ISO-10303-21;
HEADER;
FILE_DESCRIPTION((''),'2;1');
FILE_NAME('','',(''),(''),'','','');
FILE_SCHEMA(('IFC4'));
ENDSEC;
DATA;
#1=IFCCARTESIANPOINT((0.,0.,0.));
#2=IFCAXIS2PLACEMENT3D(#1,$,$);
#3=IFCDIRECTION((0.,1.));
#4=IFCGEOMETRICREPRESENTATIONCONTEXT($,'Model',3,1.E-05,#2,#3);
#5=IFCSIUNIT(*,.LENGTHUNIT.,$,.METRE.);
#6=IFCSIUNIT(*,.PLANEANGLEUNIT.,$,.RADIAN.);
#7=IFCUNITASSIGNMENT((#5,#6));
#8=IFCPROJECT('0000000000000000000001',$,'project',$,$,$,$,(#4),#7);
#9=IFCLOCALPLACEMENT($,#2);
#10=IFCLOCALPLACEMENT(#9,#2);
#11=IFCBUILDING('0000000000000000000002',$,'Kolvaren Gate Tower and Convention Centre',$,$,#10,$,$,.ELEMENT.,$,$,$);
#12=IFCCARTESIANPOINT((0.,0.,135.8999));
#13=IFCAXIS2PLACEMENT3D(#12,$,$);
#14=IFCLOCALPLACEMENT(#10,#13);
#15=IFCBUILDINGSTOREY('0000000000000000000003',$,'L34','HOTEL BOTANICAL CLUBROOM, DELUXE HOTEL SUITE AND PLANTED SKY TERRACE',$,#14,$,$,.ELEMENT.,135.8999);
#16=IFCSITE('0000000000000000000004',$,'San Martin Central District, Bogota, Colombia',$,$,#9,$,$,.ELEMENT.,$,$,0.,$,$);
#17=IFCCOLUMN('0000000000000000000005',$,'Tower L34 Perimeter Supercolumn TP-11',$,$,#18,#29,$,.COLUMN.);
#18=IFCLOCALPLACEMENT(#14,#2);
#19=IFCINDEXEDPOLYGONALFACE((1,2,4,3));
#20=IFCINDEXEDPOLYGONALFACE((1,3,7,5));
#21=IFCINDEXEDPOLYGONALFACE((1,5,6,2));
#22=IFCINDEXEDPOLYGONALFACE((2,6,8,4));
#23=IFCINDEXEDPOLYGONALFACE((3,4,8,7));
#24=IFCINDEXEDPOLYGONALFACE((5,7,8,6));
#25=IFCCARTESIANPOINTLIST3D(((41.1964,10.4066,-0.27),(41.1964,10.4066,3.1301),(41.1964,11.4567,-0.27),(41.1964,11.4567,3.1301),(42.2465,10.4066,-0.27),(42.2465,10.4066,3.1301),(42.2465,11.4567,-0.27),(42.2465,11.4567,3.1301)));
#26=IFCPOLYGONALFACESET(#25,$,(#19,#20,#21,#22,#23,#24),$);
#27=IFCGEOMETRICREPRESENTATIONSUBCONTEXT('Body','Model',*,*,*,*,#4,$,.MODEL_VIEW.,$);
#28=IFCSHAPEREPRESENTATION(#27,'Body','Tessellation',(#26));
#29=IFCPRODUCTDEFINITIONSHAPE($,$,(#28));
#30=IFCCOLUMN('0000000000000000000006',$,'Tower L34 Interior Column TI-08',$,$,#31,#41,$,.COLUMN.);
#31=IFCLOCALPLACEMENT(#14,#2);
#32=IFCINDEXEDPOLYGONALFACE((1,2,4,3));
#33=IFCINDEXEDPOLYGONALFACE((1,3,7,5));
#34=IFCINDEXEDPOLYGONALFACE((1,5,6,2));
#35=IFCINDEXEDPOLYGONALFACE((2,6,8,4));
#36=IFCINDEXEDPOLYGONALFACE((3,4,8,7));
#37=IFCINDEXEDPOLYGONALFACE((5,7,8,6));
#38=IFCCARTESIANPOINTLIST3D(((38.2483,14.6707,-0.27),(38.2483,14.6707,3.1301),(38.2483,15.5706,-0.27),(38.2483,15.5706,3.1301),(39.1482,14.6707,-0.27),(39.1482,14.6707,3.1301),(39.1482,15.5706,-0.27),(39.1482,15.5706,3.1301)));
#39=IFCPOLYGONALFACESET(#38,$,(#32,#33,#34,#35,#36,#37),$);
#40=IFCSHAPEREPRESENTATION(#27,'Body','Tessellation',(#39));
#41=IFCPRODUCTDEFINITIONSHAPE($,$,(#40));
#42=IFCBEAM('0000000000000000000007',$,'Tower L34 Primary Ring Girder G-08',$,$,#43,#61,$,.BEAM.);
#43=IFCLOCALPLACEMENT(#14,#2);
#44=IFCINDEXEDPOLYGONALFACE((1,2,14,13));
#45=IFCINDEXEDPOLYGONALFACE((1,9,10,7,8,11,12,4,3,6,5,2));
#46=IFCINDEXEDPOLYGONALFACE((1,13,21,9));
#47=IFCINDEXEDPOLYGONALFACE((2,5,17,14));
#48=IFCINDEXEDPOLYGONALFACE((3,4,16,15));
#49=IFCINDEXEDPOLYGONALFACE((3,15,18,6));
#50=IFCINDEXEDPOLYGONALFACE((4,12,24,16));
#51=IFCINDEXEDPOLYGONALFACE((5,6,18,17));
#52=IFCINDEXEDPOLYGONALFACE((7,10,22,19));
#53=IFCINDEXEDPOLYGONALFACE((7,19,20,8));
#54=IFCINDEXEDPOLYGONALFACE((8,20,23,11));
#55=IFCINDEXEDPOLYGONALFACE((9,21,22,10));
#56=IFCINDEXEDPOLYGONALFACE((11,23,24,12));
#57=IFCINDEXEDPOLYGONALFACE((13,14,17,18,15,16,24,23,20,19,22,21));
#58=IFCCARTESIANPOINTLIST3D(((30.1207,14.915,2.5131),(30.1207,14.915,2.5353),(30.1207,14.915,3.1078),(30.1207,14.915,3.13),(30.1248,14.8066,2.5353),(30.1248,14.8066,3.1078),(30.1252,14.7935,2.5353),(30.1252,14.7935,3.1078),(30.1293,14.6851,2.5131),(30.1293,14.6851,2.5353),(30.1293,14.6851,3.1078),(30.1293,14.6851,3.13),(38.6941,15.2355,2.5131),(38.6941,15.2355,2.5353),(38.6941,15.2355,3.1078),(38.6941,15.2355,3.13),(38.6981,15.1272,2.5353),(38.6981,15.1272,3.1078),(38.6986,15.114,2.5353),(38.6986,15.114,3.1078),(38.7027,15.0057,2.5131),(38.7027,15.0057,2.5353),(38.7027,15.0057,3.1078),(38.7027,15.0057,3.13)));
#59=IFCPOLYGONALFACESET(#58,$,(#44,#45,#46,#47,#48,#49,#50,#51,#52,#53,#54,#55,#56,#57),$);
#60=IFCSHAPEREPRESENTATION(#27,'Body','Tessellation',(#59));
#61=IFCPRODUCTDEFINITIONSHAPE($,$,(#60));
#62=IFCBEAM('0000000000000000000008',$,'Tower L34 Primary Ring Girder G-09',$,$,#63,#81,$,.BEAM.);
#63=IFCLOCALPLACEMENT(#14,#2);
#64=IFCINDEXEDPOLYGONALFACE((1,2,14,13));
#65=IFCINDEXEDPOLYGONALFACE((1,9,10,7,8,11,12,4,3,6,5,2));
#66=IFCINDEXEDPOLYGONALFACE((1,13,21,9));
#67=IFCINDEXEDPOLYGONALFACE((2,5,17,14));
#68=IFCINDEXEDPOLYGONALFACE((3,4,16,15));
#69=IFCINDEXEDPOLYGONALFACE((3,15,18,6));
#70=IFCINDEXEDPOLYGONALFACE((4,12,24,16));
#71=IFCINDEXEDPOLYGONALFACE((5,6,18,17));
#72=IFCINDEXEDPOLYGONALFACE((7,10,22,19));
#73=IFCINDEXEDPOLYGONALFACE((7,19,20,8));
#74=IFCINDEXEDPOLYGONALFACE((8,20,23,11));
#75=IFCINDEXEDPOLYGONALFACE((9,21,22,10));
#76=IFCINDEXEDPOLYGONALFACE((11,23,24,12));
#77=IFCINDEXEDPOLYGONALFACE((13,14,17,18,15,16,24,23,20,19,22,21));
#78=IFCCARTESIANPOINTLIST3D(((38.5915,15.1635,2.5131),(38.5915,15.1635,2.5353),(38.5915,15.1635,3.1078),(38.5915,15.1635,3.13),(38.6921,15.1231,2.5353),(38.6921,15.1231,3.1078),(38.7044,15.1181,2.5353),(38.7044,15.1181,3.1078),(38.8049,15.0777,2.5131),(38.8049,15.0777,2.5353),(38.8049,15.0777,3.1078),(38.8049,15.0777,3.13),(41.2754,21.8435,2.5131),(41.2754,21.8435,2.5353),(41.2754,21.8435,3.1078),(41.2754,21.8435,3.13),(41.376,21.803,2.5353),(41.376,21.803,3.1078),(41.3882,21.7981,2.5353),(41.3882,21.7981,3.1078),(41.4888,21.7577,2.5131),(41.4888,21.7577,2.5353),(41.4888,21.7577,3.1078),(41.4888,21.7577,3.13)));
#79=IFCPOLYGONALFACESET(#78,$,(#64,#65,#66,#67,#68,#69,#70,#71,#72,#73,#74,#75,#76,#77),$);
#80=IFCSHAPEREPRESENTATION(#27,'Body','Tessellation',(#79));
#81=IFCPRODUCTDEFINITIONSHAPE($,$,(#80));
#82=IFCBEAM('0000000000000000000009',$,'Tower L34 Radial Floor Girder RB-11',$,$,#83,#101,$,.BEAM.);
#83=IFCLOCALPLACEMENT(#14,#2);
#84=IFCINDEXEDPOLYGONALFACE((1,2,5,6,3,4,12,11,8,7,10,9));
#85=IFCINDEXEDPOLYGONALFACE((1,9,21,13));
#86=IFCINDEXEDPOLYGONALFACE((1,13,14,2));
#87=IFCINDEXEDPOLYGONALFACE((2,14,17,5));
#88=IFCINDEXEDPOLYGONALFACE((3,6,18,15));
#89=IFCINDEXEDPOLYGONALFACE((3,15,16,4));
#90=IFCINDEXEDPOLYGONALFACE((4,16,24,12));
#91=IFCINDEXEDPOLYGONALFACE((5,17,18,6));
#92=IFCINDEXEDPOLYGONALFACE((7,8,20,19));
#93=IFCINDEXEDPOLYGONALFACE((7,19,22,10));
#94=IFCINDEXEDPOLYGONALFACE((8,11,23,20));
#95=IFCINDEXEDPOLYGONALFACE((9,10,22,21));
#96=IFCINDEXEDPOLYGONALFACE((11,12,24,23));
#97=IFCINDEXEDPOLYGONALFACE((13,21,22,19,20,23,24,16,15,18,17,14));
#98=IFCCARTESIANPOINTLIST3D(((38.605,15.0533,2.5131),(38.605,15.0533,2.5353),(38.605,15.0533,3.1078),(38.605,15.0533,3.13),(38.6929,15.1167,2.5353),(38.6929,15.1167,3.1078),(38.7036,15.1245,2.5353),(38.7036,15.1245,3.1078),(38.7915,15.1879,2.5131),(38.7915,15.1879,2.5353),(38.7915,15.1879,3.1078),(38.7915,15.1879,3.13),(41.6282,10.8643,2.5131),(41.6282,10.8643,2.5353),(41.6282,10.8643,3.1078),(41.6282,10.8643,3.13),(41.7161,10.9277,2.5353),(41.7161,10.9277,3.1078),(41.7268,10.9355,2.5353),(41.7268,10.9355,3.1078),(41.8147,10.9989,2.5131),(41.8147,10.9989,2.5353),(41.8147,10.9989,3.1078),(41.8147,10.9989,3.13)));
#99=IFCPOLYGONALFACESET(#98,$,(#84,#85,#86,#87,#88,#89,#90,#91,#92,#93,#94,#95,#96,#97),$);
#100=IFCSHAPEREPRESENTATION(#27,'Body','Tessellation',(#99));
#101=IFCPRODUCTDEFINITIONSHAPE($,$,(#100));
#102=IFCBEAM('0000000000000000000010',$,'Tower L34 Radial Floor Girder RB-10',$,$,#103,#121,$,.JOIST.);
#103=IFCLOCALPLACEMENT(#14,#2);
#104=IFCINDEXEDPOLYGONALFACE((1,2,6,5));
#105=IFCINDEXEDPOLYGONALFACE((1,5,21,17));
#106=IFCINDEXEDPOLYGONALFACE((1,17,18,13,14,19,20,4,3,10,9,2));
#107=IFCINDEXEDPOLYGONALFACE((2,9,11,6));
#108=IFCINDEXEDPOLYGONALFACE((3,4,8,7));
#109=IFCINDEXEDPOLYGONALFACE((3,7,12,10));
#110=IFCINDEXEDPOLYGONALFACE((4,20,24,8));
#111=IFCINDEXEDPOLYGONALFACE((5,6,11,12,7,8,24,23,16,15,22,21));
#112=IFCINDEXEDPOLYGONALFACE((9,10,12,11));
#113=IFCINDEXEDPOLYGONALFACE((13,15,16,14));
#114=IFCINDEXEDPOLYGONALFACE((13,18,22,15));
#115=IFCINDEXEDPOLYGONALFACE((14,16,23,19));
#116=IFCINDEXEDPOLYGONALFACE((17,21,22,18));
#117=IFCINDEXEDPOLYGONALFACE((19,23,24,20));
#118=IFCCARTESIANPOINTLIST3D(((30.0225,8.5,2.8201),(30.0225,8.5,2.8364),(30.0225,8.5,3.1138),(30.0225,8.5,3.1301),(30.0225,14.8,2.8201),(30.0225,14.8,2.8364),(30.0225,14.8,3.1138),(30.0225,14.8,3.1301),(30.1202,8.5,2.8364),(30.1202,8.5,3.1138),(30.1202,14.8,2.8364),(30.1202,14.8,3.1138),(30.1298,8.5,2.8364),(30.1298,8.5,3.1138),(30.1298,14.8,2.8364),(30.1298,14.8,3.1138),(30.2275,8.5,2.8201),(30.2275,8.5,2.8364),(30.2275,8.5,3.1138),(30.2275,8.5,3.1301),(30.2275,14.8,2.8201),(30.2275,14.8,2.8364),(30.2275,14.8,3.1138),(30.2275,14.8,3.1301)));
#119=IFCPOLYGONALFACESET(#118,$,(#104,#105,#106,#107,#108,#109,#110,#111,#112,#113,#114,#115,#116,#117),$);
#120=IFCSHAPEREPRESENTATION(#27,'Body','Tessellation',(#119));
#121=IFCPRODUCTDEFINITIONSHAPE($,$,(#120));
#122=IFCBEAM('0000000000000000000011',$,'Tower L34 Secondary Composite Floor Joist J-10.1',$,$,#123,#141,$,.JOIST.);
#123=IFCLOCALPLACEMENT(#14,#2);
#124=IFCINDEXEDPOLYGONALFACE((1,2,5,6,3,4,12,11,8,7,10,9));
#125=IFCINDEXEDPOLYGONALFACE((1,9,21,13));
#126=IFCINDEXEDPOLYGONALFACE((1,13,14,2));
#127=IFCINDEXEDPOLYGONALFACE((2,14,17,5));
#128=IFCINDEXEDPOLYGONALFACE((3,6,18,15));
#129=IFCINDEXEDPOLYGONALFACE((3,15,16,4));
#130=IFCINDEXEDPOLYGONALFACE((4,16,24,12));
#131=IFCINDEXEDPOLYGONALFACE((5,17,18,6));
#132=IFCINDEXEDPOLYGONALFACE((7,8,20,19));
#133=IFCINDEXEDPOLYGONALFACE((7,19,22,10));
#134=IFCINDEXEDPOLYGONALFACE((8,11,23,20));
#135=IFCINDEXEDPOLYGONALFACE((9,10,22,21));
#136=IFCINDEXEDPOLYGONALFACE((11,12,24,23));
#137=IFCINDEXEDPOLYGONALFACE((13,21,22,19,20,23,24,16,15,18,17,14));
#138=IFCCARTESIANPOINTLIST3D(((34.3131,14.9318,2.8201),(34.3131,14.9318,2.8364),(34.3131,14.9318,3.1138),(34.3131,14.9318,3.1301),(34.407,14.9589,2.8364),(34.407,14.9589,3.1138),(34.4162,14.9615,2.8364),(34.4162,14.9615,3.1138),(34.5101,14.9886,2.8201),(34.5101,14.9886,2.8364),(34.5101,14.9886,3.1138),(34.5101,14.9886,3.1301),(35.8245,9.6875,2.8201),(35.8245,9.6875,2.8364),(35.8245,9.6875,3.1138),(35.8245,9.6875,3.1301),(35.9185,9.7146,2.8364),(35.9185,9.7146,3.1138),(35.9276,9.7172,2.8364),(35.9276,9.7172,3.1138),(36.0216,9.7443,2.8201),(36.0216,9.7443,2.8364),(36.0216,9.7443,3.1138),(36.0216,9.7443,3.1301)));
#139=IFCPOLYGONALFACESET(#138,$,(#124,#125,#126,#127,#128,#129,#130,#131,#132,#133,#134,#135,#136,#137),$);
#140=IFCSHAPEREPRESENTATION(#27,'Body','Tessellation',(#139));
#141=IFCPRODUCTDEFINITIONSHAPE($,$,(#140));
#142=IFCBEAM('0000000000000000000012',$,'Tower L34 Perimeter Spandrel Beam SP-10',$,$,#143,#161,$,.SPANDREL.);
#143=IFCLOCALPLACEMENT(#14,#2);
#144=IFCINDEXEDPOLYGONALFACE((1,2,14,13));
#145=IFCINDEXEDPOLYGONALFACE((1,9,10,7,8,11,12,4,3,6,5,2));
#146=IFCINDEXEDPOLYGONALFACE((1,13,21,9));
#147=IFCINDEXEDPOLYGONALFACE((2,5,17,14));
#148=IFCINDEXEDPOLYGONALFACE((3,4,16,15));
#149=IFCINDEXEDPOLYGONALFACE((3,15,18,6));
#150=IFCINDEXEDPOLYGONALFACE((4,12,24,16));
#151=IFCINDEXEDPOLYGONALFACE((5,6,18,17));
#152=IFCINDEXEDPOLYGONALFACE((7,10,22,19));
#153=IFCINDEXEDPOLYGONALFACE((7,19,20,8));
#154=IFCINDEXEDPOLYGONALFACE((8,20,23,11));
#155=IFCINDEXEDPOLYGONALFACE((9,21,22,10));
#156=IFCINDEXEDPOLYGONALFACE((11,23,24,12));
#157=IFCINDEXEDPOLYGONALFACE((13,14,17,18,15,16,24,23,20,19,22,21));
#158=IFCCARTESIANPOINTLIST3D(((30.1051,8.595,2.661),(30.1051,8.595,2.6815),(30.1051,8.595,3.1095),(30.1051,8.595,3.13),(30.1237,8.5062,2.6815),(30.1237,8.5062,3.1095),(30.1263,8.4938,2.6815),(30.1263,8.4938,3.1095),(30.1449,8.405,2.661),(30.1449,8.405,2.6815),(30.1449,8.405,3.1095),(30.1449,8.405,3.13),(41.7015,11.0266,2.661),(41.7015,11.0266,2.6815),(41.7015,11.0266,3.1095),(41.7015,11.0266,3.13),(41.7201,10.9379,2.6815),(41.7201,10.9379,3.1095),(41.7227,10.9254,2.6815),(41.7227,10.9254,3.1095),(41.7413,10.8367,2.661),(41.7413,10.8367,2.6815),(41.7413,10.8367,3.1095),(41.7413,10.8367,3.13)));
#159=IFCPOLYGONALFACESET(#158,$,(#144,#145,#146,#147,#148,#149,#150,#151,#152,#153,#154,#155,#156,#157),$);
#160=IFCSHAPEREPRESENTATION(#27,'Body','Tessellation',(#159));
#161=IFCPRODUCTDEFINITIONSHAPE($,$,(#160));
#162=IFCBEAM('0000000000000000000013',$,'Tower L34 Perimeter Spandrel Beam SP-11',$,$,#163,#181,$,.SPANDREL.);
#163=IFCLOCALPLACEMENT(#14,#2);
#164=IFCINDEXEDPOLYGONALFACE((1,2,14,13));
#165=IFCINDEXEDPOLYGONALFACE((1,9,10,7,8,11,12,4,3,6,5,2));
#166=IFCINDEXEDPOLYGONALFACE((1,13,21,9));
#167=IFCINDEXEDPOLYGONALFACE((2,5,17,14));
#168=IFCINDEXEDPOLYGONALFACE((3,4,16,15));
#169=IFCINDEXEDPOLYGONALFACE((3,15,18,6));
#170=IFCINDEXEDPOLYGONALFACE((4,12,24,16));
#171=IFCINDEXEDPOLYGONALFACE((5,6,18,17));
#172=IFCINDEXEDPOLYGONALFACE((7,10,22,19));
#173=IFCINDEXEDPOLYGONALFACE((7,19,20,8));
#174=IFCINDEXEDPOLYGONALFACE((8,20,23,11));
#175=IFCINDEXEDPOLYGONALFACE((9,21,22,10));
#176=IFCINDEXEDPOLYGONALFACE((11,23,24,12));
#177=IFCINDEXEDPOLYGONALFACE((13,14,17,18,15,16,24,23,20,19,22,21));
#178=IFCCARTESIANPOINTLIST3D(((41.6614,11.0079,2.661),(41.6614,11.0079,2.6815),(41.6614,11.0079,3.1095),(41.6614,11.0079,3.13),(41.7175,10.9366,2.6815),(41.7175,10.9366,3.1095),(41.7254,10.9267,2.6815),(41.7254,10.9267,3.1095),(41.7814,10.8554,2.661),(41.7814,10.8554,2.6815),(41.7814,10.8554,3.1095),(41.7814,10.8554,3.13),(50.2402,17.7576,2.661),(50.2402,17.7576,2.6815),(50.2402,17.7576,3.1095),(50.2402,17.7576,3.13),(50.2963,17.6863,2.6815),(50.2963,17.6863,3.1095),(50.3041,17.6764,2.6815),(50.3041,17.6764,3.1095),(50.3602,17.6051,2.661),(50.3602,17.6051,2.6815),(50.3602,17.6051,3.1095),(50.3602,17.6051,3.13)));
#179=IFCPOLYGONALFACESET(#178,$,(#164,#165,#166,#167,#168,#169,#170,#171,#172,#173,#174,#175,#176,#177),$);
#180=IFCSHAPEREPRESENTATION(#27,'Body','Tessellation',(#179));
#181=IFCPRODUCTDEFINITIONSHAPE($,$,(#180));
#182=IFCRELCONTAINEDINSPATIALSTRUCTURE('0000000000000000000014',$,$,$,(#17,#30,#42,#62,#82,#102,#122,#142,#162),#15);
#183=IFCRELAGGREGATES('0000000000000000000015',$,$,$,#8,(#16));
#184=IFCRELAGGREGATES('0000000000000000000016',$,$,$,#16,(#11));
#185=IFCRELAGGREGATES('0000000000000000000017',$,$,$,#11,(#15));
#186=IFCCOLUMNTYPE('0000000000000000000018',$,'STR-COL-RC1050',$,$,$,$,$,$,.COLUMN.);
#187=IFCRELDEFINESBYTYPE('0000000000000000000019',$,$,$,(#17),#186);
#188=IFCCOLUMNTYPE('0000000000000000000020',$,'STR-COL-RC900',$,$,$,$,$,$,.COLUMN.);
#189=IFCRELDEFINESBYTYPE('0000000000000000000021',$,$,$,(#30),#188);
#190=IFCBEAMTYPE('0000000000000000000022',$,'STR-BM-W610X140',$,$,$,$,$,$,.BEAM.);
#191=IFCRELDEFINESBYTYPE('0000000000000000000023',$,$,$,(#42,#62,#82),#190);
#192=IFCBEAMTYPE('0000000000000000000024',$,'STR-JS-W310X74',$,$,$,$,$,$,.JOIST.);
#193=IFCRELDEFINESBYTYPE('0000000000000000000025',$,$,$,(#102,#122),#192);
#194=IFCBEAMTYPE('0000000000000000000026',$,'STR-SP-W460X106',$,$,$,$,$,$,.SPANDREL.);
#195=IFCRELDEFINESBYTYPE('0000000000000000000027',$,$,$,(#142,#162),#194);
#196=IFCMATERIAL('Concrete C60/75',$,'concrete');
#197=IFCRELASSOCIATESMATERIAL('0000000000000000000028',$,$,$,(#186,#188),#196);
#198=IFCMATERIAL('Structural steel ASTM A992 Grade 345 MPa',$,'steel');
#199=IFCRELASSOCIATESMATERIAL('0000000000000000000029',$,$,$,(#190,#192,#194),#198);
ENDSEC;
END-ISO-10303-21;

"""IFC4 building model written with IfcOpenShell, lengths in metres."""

from ifc_helpers import new_model, si_unit, direction, frame, origin, origin_2d, place, context, subcontext, project, spatial, rectangle, i_section, extrude, material, material_profile, profile_set, type_object, element, save


model = new_model("IFC4")

# Units and contexts
model_context = context("Model", 3, precision=1e-05, world=origin(), true_north=direction((0.0, 1.0)))
body_context = subcontext(model_context, "Body", "Model", "MODEL_VIEW")
ifc_project = project(units=[si_unit("LENGTHUNIT", "METRE"), si_unit("PLANEANGLEUNIT", "RADIAN")], contexts=[model_context])

# Site, building, storey
site_placement = place(None, origin())
site = spatial("IfcSite", under=ifc_project, at=site_placement, Name="San Martin Central District, Bogota, Colombia", CompositionType="ELEMENT", RefElevation=0.0)
building_placement = place(site_placement, origin())
building = spatial("IfcBuilding", under=site, at=building_placement, Name="Kolvaren Gate Tower and Convention Centre", CompositionType="ELEMENT")
storey_placement = place(building_placement, frame((0.0, 0.0, 135.8999)))
storey = spatial("IfcBuildingStorey", under=building, at=storey_placement, Name="L34", Description="HOTEL BOTANICAL CLUBROOM, DELUXE HOTEL SUITE AND PLANTED SKY TERRACE", CompositionType="ELEMENT", Elevation=135.8999)

# Columns
ifc_material_1 = material(Name="Concrete C60/75", Category="concrete")
ifc_material_profile_1 = material_profile(ifc_material_1, rectangle(XDim=1.05, YDim=1.05, at=origin_2d()), Name="RC-COL-1050X1050")
ifc_profile_set_1 = profile_set([ifc_material_profile_1], Name="Concrete C60/75")
column_type_1 = type_object("IfcColumnType", Name="STR-COL-RC1050", PredefinedType="COLUMN", material=ifc_profile_set_1)
column_1_placement = place(storey_placement, frame((41.7214, 10.9316, -0.27), z_axis=(0.0, 0.0, 1.0), x_axis=(1.0, 0.0, 0.0)))
element("IfcColumn", 1, at=column_1_placement, inside=storey, type_object=column_type_1, Name="Tower L34 Perimeter Supercolumn TP-11", PredefinedType="COLUMN", context=body_context, shape_type="SweptSolid", body=[
    extrude(rectangle(XDim=1.05, YDim=1.05, at=origin_2d()), origin(), (0.0, 0.0, 1.0), 3.4001),
])
ifc_material_profile_2 = material_profile(ifc_material_1, rectangle(XDim=0.8999, YDim=0.8999, at=origin_2d()), Name="RC-COL-900X900")
ifc_profile_set_2 = profile_set([ifc_material_profile_2], Name="Concrete C60/75")
column_type_2 = type_object("IfcColumnType", Name="STR-COL-RC900", PredefinedType="COLUMN", material=ifc_profile_set_2)
column_2_placement = place(storey_placement, frame((38.6982, 15.1206, -0.27), z_axis=(0.0, 0.0, 1.0), x_axis=(1.0, 0.0, 0.0)))
element("IfcColumn", 2, at=column_2_placement, inside=storey, type_object=column_type_2, Name="Tower L34 Interior Column TI-08", PredefinedType="COLUMN", context=body_context, shape_type="SweptSolid", body=[
    extrude(rectangle(XDim=0.8999, YDim=0.8999, at=origin_2d()), origin(), (0.0, 0.0, 1.0), 3.4001),
])

# Beams
ifc_material_2 = material(Name="Structural steel ASTM A992 Grade 345 MPa", Category="steel")
ifc_material_profile_3 = material_profile(ifc_material_2, i_section(OverallWidth=0.23, OverallDepth=0.6169, WebThickness=0.0132, FlangeThickness=0.0222, at=origin_2d()), Name="W610X140")
ifc_profile_set_3 = profile_set([ifc_material_profile_3], Name="Structural steel ASTM A992 Grade 345 MPa")
beam_type_1 = type_object("IfcBeamType", Name="STR-BM-W610X140", PredefinedType="BEAM", material=ifc_profile_set_3)
beam_1_placement = place(storey_placement, frame((30.125, 14.8, 2.8215), z_axis=(0.999302, 0.037364, 0.0), x_axis=(-0.037364, 0.999302, 0.0)))
element("IfcBeam", 3, at=beam_1_placement, inside=storey, type_object=beam_type_1, Name="Tower L34 Primary Ring Girder G-08", PredefinedType="BEAM", context=body_context, shape_type="SweptSolid", body=[
    extrude(i_section(OverallWidth=0.23, OverallDepth=0.6169, WebThickness=0.0132, FlangeThickness=0.0222, at=origin_2d()), origin(), (0.0, 0.0, 1.0), 8.5793),
])
beam_2_placement = place(storey_placement, frame((38.6982, 15.1206, 2.8215), z_axis=(0.372811, 0.927907, 0.0), x_axis=(-0.927907, 0.372811, 0.0)))
element("IfcBeam", 4, at=beam_2_placement, inside=storey, type_object=beam_type_1, Name="Tower L34 Primary Ring Girder G-09", PredefinedType="BEAM", context=body_context, shape_type="SweptSolid", body=[
    extrude(i_section(OverallWidth=0.23, OverallDepth=0.6169, WebThickness=0.0132, FlangeThickness=0.0222, at=origin_2d()), origin(), (0.0, 0.0, 1.0), 7.199),
])
beam_3_placement = place(storey_placement, frame((38.6982, 15.1206, 2.8215), z_axis=(0.585214, -0.810879, 0.0), x_axis=(0.810879, 0.585214, 0.0)))
element("IfcBeam", 5, at=beam_3_placement, inside=storey, type_object=beam_type_1, Name="Tower L34 Radial Floor Girder RB-11", PredefinedType="BEAM", context=body_context, shape_type="SweptSolid", body=[
    extrude(i_section(OverallWidth=0.23, OverallDepth=0.6169, WebThickness=0.0132, FlangeThickness=0.0222, at=origin_2d()), origin(), (0.0, 0.0, 1.0), 5.166),
])
ifc_material_profile_4 = material_profile(ifc_material_2, i_section(OverallWidth=0.2051, OverallDepth=0.3101, WebThickness=0.0095, FlangeThickness=0.0164, at=origin_2d()), Name="W310X74")
ifc_profile_set_4 = profile_set([ifc_material_profile_4], Name="Structural steel ASTM A992 Grade 345 MPa")
beam_type_2 = type_object("IfcBeamType", Name="STR-JS-W310X74", PredefinedType="JOIST", material=ifc_profile_set_4)
beam_4_placement = place(storey_placement, frame((30.125, 14.8, 2.9751), z_axis=(0.0, -1.0, 0.0), x_axis=(1.0, 0.0, 0.0)))
element("IfcBeam", 6, at=beam_4_placement, inside=storey, type_object=beam_type_2, Name="Tower L34 Radial Floor Girder RB-10", PredefinedType="JOIST", context=body_context, shape_type="SweptSolid", body=[
    extrude(i_section(OverallWidth=0.2051, OverallDepth=0.3101, WebThickness=0.0095, FlangeThickness=0.0164, at=origin_2d()), origin(), (0.0, 0.0, 1.0), 6.3),
])
beam_5_placement = place(storey_placement, frame((34.4116, 14.9602, 2.9751), z_axis=(0.276936, -0.960888, 0.0), x_axis=(0.960888, 0.276936, 0.0)))
element("IfcBeam", 7, at=beam_5_placement, inside=storey, type_object=beam_type_2, Name="Tower L34 Secondary Composite Floor Joist J-10.1", PredefinedType="JOIST", context=body_context, shape_type="SweptSolid", body=[
    extrude(i_section(OverallWidth=0.2051, OverallDepth=0.3101, WebThickness=0.0095, FlangeThickness=0.0164, at=origin_2d()), origin(), (0.0, 0.0, 1.0), 5.4578),
])
ifc_material_profile_5 = material_profile(ifc_material_2, i_section(OverallWidth=0.1941, OverallDepth=0.469, WebThickness=0.0127, FlangeThickness=0.0205, at=origin_2d()), Name="W460X106")
ifc_profile_set_5 = profile_set([ifc_material_profile_5], Name="Structural steel ASTM A992 Grade 345 MPa")
beam_type_3 = type_object("IfcBeamType", Name="STR-SP-W460X106", PredefinedType="SPANDREL", material=ifc_profile_set_5)
beam_6_placement = place(storey_placement, frame((30.125, 8.5, 2.8955), z_axis=(0.978715, 0.205225, 0.0), x_axis=(-0.205225, 0.978715, 0.0)))
element("IfcBeam", 8, at=beam_6_placement, inside=storey, type_object=beam_type_3, Name="Tower L34 Perimeter Spandrel Beam SP-10", PredefinedType="SPANDREL", context=body_context, shape_type="SweptSolid", body=[
    extrude(i_section(OverallWidth=0.1941, OverallDepth=0.469, WebThickness=0.0127, FlangeThickness=0.0205, at=origin_2d()), origin(), (0.0, 0.0, 1.0), 11.8486),
])
beam_7_placement = place(storey_placement, frame((41.7214, 10.9316, 2.8955), z_axis=(0.785908, 0.618344, 0.0), x_axis=(-0.618344, 0.785908, 0.0)))
element("IfcBeam", 9, at=beam_7_placement, inside=storey, type_object=beam_type_3, Name="Tower L34 Perimeter Spandrel Beam SP-11", PredefinedType="SPANDREL", context=body_context, shape_type="SweptSolid", body=[
    extrude(i_section(OverallWidth=0.1941, OverallDepth=0.469, WebThickness=0.0127, FlangeThickness=0.0205, at=origin_2d()), origin(), (0.0, 0.0, 1.0), 10.9158),
])

save(model, "model.ifc")
